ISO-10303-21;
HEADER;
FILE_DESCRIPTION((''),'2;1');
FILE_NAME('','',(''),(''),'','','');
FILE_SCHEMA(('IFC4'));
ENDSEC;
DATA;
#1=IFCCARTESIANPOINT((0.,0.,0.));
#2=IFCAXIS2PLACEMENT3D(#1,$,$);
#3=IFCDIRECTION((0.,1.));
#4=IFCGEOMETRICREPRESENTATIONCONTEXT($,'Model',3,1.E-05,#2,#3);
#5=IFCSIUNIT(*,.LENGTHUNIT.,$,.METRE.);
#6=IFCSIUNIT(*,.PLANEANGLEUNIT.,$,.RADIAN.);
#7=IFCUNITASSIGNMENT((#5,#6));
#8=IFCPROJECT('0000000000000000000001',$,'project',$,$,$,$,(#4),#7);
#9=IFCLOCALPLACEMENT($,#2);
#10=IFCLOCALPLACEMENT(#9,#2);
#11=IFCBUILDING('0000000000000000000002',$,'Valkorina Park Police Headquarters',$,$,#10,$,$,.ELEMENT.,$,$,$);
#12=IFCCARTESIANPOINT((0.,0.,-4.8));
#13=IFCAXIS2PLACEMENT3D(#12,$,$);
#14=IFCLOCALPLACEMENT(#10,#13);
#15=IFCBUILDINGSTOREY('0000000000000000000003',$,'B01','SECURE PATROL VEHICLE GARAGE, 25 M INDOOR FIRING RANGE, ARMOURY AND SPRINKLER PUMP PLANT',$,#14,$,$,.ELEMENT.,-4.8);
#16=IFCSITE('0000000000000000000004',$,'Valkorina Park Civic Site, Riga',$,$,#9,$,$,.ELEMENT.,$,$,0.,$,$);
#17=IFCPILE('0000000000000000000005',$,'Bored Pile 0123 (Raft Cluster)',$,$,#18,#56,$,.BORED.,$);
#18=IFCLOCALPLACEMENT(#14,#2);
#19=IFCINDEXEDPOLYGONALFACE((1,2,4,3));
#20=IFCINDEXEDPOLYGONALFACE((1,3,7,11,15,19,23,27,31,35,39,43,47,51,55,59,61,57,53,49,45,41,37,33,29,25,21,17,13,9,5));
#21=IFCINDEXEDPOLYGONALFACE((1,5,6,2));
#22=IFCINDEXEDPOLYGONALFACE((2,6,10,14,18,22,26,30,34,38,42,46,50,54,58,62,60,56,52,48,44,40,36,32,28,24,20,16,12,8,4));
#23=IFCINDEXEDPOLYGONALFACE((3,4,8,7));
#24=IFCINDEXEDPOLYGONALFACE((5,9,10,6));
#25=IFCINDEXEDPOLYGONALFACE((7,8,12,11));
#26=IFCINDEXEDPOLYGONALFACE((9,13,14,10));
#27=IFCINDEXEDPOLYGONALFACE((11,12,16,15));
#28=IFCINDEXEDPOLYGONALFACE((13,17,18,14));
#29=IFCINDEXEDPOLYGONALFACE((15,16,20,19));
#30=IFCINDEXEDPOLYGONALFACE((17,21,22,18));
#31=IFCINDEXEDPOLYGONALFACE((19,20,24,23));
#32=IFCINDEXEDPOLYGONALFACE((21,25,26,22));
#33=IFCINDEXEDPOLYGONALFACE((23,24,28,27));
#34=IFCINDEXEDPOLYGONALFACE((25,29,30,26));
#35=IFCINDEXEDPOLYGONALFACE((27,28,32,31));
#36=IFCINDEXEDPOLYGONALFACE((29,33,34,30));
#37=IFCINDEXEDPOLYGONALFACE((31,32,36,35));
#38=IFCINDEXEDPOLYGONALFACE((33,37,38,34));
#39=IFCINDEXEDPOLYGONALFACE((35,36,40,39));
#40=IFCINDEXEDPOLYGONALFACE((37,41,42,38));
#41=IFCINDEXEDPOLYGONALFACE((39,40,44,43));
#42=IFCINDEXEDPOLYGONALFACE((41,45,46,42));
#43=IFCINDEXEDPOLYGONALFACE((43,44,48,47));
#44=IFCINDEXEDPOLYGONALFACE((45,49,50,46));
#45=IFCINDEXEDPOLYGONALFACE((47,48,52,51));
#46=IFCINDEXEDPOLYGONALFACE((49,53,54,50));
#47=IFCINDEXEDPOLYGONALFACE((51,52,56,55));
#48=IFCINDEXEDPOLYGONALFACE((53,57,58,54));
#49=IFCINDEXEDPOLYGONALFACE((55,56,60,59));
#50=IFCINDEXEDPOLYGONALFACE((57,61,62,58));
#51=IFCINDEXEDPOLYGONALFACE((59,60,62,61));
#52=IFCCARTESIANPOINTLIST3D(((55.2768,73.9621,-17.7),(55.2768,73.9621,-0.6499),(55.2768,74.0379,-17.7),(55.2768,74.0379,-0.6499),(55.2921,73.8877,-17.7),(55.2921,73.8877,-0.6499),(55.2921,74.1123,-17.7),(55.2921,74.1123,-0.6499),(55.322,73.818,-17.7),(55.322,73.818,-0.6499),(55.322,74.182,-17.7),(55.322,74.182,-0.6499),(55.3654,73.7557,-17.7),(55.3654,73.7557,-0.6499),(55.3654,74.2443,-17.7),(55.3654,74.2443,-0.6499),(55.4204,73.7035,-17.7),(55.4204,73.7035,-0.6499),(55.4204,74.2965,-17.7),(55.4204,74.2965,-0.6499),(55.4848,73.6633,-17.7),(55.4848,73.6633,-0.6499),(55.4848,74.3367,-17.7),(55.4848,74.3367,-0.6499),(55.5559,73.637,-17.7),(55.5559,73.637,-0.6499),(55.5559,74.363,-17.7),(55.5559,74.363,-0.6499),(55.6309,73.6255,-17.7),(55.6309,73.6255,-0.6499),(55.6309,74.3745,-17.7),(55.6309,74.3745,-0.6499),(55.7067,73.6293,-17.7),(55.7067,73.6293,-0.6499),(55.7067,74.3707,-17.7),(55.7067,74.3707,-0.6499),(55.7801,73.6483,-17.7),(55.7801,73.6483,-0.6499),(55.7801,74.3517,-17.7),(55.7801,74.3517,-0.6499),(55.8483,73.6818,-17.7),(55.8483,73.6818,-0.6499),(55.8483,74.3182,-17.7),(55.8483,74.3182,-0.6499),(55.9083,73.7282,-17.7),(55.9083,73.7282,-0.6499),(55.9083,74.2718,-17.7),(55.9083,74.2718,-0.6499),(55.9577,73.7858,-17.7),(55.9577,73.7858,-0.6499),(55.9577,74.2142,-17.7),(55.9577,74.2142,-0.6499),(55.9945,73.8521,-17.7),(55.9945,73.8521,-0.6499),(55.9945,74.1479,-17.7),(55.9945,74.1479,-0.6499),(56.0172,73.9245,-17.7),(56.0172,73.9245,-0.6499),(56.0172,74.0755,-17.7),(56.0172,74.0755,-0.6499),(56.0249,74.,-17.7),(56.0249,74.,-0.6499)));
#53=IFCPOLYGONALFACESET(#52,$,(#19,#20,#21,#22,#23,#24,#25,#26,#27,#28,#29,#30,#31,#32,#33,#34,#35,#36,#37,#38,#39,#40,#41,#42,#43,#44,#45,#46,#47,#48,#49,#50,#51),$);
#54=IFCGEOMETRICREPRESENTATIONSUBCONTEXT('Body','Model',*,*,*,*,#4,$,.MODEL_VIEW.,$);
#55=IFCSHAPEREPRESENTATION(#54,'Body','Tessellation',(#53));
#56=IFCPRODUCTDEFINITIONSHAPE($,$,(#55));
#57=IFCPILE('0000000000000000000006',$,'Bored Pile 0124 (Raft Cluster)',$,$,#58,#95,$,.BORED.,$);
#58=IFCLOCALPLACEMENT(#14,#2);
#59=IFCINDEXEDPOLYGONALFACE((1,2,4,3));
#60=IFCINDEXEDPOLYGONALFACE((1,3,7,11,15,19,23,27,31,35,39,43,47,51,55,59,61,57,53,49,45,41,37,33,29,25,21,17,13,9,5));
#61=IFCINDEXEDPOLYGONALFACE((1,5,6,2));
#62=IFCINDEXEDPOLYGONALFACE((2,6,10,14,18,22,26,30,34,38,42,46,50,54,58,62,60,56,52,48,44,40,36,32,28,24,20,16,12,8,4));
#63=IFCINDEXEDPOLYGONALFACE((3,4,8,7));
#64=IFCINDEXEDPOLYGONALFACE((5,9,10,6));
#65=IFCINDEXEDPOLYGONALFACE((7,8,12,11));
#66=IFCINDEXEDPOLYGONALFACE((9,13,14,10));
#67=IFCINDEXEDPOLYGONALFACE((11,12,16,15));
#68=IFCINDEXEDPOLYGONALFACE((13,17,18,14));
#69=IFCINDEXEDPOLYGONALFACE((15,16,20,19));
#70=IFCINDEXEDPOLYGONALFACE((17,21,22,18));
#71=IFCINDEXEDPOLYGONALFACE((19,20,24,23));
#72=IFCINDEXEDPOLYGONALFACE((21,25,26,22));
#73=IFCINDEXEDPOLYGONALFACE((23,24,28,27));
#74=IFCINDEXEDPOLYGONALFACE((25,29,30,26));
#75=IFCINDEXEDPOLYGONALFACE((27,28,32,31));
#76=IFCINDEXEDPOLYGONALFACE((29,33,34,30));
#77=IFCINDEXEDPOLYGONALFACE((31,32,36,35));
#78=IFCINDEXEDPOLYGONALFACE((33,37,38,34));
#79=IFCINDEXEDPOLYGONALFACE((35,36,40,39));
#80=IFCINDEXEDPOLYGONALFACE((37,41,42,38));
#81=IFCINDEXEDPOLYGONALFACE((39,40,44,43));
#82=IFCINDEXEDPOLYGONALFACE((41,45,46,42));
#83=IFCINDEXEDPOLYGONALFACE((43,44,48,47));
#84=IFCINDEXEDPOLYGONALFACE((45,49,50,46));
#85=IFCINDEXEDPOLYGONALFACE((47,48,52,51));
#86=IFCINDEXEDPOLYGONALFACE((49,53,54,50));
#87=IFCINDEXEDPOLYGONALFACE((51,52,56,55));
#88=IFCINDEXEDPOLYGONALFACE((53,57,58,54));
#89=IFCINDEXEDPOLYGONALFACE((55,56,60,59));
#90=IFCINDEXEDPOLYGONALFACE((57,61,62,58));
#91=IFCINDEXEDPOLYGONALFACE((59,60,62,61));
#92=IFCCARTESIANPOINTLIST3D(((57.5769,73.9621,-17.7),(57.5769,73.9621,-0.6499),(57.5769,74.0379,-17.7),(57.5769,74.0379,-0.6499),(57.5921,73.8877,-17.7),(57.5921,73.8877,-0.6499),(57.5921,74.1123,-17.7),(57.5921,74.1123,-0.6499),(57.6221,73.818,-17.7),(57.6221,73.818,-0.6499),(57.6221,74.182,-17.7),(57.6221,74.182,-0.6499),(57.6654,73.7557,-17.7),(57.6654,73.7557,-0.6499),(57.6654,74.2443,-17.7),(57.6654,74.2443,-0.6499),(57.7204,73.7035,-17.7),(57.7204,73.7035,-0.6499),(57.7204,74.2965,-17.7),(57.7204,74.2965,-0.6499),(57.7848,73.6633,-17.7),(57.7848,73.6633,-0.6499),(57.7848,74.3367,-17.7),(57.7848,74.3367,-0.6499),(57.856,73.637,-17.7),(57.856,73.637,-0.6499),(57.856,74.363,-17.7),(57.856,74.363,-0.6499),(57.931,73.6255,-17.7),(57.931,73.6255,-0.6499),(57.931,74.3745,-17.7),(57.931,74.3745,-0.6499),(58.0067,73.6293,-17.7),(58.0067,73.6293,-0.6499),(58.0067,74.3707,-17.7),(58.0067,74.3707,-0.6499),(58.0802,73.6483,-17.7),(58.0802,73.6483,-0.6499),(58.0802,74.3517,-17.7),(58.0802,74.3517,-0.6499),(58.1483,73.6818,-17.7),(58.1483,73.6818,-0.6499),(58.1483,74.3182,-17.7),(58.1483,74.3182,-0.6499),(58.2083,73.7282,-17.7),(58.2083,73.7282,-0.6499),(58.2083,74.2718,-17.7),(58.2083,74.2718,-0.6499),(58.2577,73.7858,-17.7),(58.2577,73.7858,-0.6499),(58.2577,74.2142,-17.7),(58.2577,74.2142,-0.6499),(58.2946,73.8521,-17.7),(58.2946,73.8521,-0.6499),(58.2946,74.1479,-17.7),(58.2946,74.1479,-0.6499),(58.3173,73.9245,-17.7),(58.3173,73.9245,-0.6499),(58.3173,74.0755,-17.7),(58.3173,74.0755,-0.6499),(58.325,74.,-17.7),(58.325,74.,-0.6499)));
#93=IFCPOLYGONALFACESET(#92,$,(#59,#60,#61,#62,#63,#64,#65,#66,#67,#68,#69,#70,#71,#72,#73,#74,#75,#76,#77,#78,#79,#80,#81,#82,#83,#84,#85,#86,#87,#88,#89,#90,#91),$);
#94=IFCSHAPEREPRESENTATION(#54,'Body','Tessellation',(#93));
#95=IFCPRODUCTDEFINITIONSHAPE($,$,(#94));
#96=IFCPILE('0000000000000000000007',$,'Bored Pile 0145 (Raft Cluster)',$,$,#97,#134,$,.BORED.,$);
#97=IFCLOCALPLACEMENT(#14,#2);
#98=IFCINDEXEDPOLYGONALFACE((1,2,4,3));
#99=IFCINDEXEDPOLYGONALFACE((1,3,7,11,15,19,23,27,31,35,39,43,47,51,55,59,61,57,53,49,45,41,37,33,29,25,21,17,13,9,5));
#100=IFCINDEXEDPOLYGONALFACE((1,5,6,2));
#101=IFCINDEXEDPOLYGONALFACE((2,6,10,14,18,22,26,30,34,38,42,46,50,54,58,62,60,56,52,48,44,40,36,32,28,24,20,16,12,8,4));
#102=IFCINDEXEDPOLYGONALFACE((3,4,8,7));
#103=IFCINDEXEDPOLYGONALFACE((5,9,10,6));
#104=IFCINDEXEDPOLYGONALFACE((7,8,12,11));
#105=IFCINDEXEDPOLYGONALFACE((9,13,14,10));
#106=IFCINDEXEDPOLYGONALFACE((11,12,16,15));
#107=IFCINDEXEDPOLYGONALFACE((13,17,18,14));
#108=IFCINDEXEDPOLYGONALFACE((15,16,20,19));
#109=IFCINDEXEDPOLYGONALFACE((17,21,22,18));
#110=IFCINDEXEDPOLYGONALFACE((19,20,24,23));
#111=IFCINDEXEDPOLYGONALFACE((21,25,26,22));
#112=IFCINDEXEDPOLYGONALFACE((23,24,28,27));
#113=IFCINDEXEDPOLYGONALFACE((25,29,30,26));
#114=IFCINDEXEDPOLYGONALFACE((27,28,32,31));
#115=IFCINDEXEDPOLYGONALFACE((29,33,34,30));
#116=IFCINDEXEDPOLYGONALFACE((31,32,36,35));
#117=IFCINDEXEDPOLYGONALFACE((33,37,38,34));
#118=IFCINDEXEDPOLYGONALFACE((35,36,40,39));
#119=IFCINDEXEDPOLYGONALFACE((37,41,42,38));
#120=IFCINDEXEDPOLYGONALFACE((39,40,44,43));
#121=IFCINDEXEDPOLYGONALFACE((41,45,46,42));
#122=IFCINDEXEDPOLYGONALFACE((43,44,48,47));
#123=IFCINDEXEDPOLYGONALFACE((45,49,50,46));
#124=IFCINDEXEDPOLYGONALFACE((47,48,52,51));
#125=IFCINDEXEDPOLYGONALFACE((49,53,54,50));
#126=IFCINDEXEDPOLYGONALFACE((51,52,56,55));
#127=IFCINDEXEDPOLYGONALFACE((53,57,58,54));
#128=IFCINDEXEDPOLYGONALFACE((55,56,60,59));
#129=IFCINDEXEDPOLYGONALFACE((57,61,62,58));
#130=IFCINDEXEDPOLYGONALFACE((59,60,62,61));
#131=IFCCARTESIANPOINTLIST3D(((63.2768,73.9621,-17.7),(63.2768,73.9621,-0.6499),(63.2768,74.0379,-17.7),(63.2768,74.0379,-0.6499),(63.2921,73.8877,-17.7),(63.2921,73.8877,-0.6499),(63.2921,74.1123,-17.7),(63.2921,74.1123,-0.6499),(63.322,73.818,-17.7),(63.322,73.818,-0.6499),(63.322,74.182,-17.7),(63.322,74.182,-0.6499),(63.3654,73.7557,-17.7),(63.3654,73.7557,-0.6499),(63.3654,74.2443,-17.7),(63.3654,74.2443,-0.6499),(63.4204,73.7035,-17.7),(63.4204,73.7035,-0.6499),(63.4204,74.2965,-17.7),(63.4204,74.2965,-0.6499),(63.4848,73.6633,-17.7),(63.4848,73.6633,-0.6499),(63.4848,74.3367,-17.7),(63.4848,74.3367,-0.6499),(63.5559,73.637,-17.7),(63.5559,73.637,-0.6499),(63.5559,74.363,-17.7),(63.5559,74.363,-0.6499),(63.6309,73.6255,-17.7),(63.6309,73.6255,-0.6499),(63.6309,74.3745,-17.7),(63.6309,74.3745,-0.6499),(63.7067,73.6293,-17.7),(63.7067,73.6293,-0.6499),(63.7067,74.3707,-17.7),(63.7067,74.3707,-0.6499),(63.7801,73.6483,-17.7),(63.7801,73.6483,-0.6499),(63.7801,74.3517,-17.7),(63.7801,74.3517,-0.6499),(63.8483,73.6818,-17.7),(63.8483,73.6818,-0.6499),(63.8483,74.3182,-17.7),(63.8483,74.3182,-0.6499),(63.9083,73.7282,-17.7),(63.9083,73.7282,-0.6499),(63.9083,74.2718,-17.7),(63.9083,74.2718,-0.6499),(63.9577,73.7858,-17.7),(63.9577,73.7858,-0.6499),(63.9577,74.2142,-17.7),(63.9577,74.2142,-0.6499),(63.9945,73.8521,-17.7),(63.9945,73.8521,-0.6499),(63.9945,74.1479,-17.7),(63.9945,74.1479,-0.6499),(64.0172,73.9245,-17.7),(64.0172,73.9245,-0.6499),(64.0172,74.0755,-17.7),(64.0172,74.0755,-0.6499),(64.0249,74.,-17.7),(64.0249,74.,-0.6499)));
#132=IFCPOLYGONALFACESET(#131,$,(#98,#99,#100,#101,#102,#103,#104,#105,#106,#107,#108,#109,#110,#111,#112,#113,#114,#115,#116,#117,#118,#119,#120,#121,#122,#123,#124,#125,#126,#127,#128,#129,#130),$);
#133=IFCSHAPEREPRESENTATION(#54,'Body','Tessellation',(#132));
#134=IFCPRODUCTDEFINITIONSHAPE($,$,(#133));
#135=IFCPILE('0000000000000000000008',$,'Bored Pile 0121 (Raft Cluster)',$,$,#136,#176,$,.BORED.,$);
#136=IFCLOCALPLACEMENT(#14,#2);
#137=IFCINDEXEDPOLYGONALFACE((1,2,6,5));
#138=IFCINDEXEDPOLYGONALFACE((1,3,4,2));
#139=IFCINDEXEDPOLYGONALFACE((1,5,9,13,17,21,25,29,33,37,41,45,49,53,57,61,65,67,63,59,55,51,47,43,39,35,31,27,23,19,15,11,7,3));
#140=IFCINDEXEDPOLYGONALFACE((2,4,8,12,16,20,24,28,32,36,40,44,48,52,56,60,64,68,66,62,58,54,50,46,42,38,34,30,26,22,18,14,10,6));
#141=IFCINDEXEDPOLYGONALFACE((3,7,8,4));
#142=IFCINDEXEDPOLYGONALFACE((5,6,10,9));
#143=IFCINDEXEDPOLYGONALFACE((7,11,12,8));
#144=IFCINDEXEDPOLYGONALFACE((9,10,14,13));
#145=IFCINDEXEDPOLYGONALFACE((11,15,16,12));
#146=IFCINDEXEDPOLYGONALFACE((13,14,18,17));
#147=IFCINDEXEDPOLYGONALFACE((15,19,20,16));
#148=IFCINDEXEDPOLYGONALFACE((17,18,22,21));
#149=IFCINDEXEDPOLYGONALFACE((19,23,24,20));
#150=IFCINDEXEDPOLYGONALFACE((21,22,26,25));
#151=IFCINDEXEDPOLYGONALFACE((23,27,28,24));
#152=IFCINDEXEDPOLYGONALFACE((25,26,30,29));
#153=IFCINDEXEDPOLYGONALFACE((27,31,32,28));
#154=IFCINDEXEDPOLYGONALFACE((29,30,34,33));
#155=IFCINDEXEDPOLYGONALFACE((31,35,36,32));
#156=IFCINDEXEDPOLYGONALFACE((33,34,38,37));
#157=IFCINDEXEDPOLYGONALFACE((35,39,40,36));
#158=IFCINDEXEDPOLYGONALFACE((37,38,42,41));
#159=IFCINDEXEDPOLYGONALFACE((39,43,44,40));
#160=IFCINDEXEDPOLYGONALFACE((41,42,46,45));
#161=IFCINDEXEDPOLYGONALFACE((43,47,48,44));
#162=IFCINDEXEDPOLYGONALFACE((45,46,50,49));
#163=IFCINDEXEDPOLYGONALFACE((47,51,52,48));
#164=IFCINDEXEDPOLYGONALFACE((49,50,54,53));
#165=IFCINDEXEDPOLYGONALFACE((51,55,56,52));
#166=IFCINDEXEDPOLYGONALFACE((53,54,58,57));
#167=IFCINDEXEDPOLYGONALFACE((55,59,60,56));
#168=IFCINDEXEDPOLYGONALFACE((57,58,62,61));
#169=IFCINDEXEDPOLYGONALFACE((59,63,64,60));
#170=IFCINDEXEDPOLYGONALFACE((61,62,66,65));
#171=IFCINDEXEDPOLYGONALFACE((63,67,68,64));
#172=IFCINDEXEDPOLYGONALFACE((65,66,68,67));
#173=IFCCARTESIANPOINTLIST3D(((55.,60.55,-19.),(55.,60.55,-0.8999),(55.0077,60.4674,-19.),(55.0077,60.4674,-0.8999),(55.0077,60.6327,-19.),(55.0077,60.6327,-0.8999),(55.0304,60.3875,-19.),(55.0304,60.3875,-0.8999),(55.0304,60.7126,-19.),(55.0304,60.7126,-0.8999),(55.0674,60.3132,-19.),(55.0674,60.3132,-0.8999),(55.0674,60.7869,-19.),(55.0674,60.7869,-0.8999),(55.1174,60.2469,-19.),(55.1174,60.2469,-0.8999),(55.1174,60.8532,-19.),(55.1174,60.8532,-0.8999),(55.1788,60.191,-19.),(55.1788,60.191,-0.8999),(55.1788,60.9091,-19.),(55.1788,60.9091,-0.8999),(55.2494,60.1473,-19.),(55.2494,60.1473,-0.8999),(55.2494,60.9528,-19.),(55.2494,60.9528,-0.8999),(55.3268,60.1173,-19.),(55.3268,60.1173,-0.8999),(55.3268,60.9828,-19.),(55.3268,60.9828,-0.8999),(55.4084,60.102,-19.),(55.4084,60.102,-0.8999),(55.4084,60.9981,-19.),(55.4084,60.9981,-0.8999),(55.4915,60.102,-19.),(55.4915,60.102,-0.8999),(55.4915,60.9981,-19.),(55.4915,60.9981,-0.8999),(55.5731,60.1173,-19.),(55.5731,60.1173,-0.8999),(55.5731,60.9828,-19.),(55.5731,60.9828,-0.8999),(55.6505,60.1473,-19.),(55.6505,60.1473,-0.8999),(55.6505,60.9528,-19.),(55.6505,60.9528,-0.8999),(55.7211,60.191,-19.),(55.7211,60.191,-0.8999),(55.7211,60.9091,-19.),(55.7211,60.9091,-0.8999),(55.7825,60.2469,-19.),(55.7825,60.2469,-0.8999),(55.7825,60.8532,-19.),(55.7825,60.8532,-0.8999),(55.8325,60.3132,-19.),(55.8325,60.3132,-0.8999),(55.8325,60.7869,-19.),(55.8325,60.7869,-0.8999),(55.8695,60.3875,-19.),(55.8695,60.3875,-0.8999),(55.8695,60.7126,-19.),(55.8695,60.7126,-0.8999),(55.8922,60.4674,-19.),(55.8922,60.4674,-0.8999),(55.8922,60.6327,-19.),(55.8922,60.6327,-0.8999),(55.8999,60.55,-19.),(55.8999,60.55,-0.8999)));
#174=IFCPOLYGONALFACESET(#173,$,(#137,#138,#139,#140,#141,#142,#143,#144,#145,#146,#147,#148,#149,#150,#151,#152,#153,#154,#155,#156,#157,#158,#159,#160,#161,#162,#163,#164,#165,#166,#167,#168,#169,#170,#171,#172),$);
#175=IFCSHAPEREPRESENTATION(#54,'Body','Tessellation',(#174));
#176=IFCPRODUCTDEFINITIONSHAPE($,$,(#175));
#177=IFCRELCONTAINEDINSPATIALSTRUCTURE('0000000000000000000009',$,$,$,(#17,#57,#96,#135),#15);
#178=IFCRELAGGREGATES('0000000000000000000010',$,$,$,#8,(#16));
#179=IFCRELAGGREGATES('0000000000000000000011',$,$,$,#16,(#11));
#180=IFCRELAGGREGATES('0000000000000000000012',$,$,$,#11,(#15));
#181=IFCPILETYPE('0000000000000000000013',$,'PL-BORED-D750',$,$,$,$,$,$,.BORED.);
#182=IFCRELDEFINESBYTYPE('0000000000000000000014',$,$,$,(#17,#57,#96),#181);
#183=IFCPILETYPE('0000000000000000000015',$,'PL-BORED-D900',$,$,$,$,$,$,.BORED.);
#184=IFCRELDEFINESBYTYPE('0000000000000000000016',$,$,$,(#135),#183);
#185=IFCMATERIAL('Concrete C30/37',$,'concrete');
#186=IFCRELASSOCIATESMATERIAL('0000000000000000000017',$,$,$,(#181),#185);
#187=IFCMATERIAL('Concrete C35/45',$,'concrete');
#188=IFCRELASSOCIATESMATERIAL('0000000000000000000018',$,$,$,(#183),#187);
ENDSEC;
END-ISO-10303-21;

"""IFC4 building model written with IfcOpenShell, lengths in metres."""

from ifc_helpers import new_model, si_unit, direction, frame, origin, origin_2d, place, context, subcontext, project, spatial, circle, extrude, material, material_profile, profile_set, type_object, element, save


model = new_model("IFC4")

# Units and contexts
model_context = context("Model", 3, precision=1e-05, world=origin(), true_north=direction((0.0, 1.0)))
body_context = subcontext(model_context, "Body", "Model", "MODEL_VIEW")
ifc_project = project(units=[si_unit("LENGTHUNIT", "METRE"), si_unit("PLANEANGLEUNIT", "RADIAN")], contexts=[model_context])

# Site, building, storey
site_placement = place(None, origin())
site = spatial("IfcSite", under=ifc_project, at=site_placement, Name="Valkorina Park Civic Site, Riga", CompositionType="ELEMENT", RefElevation=0.0)
building_placement = place(site_placement, origin())
building = spatial("IfcBuilding", under=site, at=building_placement, Name="Valkorina Park Police Headquarters", CompositionType="ELEMENT")
storey_placement = place(building_placement, frame((0.0, 0.0, -4.8)))
storey = spatial("IfcBuildingStorey", under=building, at=storey_placement, Name="B01", Description="SECURE PATROL VEHICLE GARAGE, 25 M INDOOR FIRING RANGE, ARMOURY AND SPRINKLER PUMP PLANT", CompositionType="ELEMENT", Elevation=-4.8)

# Piles
ifc_material_1 = material(Name="Concrete C30/37", Category="concrete")
ifc_material_profile_1 = material_profile(ifc_material_1, circle(Radius=0.375, at=origin_2d()), Name="BORED PILE D750")
ifc_profile_set_1 = profile_set([ifc_material_profile_1], Name="Concrete C30/37")
pile_type_1 = type_object("IfcPileType", Name="PL-BORED-D750", PredefinedType="BORED", material=ifc_profile_set_1)
for number, where, z_axis, x_axis, name in (
    (1, (55.6499, 74.0, -0.6499), (0.0, 0.0, -1.0), (1.0, 0.0, 0.0), "Bored Pile 0123 (Raft Cluster)"),
    (2, (57.95, 74.0, -0.6499), (0.0, 0.0, -1.0), (1.0, 0.0, 0.0), "Bored Pile 0124 (Raft Cluster)"),
    (3, (63.6499, 74.0, -0.6499), (0.0, 0.0, -1.0), (1.0, 0.0, 0.0), "Bored Pile 0145 (Raft Cluster)"),
):
    element("IfcPile", number, at=place(storey_placement, frame(where, z_axis=z_axis, x_axis=x_axis)), inside=storey, type_object=pile_type_1, Name=name, PredefinedType="BORED", context=body_context, shape_type="SweptSolid", body=[
        extrude(circle(Radius=0.375, at=origin_2d()), origin(), (0.0, 0.0, 1.0), 17.05),
    ])
ifc_material_2 = material(Name="Concrete C35/45", Category="concrete")
ifc_material_profile_2 = material_profile(ifc_material_2, circle(Radius=0.45, at=origin_2d()), Name="BORED PILE D900")
ifc_profile_set_2 = profile_set([ifc_material_profile_2], Name="Concrete C35/45")
pile_type_2 = type_object("IfcPileType", Name="PL-BORED-D900", PredefinedType="BORED", material=ifc_profile_set_2)
for number, where, z_axis, x_axis, name in (
    (4, (55.45, 60.55, -0.8999), (0.0, 0.0, -1.0), (1.0, 0.0, 0.0), "Bored Pile 0121 (Raft Cluster)"),
):
    element("IfcPile", number, at=place(storey_placement, frame(where, z_axis=z_axis, x_axis=x_axis)), inside=storey, type_object=pile_type_2, Name=name, PredefinedType="BORED", context=body_context, shape_type="SweptSolid", body=[
        extrude(circle(Radius=0.45, at=origin_2d()), origin(), (0.0, 0.0, 1.0), 18.1001),
    ])

save(model, "model.ifc")
